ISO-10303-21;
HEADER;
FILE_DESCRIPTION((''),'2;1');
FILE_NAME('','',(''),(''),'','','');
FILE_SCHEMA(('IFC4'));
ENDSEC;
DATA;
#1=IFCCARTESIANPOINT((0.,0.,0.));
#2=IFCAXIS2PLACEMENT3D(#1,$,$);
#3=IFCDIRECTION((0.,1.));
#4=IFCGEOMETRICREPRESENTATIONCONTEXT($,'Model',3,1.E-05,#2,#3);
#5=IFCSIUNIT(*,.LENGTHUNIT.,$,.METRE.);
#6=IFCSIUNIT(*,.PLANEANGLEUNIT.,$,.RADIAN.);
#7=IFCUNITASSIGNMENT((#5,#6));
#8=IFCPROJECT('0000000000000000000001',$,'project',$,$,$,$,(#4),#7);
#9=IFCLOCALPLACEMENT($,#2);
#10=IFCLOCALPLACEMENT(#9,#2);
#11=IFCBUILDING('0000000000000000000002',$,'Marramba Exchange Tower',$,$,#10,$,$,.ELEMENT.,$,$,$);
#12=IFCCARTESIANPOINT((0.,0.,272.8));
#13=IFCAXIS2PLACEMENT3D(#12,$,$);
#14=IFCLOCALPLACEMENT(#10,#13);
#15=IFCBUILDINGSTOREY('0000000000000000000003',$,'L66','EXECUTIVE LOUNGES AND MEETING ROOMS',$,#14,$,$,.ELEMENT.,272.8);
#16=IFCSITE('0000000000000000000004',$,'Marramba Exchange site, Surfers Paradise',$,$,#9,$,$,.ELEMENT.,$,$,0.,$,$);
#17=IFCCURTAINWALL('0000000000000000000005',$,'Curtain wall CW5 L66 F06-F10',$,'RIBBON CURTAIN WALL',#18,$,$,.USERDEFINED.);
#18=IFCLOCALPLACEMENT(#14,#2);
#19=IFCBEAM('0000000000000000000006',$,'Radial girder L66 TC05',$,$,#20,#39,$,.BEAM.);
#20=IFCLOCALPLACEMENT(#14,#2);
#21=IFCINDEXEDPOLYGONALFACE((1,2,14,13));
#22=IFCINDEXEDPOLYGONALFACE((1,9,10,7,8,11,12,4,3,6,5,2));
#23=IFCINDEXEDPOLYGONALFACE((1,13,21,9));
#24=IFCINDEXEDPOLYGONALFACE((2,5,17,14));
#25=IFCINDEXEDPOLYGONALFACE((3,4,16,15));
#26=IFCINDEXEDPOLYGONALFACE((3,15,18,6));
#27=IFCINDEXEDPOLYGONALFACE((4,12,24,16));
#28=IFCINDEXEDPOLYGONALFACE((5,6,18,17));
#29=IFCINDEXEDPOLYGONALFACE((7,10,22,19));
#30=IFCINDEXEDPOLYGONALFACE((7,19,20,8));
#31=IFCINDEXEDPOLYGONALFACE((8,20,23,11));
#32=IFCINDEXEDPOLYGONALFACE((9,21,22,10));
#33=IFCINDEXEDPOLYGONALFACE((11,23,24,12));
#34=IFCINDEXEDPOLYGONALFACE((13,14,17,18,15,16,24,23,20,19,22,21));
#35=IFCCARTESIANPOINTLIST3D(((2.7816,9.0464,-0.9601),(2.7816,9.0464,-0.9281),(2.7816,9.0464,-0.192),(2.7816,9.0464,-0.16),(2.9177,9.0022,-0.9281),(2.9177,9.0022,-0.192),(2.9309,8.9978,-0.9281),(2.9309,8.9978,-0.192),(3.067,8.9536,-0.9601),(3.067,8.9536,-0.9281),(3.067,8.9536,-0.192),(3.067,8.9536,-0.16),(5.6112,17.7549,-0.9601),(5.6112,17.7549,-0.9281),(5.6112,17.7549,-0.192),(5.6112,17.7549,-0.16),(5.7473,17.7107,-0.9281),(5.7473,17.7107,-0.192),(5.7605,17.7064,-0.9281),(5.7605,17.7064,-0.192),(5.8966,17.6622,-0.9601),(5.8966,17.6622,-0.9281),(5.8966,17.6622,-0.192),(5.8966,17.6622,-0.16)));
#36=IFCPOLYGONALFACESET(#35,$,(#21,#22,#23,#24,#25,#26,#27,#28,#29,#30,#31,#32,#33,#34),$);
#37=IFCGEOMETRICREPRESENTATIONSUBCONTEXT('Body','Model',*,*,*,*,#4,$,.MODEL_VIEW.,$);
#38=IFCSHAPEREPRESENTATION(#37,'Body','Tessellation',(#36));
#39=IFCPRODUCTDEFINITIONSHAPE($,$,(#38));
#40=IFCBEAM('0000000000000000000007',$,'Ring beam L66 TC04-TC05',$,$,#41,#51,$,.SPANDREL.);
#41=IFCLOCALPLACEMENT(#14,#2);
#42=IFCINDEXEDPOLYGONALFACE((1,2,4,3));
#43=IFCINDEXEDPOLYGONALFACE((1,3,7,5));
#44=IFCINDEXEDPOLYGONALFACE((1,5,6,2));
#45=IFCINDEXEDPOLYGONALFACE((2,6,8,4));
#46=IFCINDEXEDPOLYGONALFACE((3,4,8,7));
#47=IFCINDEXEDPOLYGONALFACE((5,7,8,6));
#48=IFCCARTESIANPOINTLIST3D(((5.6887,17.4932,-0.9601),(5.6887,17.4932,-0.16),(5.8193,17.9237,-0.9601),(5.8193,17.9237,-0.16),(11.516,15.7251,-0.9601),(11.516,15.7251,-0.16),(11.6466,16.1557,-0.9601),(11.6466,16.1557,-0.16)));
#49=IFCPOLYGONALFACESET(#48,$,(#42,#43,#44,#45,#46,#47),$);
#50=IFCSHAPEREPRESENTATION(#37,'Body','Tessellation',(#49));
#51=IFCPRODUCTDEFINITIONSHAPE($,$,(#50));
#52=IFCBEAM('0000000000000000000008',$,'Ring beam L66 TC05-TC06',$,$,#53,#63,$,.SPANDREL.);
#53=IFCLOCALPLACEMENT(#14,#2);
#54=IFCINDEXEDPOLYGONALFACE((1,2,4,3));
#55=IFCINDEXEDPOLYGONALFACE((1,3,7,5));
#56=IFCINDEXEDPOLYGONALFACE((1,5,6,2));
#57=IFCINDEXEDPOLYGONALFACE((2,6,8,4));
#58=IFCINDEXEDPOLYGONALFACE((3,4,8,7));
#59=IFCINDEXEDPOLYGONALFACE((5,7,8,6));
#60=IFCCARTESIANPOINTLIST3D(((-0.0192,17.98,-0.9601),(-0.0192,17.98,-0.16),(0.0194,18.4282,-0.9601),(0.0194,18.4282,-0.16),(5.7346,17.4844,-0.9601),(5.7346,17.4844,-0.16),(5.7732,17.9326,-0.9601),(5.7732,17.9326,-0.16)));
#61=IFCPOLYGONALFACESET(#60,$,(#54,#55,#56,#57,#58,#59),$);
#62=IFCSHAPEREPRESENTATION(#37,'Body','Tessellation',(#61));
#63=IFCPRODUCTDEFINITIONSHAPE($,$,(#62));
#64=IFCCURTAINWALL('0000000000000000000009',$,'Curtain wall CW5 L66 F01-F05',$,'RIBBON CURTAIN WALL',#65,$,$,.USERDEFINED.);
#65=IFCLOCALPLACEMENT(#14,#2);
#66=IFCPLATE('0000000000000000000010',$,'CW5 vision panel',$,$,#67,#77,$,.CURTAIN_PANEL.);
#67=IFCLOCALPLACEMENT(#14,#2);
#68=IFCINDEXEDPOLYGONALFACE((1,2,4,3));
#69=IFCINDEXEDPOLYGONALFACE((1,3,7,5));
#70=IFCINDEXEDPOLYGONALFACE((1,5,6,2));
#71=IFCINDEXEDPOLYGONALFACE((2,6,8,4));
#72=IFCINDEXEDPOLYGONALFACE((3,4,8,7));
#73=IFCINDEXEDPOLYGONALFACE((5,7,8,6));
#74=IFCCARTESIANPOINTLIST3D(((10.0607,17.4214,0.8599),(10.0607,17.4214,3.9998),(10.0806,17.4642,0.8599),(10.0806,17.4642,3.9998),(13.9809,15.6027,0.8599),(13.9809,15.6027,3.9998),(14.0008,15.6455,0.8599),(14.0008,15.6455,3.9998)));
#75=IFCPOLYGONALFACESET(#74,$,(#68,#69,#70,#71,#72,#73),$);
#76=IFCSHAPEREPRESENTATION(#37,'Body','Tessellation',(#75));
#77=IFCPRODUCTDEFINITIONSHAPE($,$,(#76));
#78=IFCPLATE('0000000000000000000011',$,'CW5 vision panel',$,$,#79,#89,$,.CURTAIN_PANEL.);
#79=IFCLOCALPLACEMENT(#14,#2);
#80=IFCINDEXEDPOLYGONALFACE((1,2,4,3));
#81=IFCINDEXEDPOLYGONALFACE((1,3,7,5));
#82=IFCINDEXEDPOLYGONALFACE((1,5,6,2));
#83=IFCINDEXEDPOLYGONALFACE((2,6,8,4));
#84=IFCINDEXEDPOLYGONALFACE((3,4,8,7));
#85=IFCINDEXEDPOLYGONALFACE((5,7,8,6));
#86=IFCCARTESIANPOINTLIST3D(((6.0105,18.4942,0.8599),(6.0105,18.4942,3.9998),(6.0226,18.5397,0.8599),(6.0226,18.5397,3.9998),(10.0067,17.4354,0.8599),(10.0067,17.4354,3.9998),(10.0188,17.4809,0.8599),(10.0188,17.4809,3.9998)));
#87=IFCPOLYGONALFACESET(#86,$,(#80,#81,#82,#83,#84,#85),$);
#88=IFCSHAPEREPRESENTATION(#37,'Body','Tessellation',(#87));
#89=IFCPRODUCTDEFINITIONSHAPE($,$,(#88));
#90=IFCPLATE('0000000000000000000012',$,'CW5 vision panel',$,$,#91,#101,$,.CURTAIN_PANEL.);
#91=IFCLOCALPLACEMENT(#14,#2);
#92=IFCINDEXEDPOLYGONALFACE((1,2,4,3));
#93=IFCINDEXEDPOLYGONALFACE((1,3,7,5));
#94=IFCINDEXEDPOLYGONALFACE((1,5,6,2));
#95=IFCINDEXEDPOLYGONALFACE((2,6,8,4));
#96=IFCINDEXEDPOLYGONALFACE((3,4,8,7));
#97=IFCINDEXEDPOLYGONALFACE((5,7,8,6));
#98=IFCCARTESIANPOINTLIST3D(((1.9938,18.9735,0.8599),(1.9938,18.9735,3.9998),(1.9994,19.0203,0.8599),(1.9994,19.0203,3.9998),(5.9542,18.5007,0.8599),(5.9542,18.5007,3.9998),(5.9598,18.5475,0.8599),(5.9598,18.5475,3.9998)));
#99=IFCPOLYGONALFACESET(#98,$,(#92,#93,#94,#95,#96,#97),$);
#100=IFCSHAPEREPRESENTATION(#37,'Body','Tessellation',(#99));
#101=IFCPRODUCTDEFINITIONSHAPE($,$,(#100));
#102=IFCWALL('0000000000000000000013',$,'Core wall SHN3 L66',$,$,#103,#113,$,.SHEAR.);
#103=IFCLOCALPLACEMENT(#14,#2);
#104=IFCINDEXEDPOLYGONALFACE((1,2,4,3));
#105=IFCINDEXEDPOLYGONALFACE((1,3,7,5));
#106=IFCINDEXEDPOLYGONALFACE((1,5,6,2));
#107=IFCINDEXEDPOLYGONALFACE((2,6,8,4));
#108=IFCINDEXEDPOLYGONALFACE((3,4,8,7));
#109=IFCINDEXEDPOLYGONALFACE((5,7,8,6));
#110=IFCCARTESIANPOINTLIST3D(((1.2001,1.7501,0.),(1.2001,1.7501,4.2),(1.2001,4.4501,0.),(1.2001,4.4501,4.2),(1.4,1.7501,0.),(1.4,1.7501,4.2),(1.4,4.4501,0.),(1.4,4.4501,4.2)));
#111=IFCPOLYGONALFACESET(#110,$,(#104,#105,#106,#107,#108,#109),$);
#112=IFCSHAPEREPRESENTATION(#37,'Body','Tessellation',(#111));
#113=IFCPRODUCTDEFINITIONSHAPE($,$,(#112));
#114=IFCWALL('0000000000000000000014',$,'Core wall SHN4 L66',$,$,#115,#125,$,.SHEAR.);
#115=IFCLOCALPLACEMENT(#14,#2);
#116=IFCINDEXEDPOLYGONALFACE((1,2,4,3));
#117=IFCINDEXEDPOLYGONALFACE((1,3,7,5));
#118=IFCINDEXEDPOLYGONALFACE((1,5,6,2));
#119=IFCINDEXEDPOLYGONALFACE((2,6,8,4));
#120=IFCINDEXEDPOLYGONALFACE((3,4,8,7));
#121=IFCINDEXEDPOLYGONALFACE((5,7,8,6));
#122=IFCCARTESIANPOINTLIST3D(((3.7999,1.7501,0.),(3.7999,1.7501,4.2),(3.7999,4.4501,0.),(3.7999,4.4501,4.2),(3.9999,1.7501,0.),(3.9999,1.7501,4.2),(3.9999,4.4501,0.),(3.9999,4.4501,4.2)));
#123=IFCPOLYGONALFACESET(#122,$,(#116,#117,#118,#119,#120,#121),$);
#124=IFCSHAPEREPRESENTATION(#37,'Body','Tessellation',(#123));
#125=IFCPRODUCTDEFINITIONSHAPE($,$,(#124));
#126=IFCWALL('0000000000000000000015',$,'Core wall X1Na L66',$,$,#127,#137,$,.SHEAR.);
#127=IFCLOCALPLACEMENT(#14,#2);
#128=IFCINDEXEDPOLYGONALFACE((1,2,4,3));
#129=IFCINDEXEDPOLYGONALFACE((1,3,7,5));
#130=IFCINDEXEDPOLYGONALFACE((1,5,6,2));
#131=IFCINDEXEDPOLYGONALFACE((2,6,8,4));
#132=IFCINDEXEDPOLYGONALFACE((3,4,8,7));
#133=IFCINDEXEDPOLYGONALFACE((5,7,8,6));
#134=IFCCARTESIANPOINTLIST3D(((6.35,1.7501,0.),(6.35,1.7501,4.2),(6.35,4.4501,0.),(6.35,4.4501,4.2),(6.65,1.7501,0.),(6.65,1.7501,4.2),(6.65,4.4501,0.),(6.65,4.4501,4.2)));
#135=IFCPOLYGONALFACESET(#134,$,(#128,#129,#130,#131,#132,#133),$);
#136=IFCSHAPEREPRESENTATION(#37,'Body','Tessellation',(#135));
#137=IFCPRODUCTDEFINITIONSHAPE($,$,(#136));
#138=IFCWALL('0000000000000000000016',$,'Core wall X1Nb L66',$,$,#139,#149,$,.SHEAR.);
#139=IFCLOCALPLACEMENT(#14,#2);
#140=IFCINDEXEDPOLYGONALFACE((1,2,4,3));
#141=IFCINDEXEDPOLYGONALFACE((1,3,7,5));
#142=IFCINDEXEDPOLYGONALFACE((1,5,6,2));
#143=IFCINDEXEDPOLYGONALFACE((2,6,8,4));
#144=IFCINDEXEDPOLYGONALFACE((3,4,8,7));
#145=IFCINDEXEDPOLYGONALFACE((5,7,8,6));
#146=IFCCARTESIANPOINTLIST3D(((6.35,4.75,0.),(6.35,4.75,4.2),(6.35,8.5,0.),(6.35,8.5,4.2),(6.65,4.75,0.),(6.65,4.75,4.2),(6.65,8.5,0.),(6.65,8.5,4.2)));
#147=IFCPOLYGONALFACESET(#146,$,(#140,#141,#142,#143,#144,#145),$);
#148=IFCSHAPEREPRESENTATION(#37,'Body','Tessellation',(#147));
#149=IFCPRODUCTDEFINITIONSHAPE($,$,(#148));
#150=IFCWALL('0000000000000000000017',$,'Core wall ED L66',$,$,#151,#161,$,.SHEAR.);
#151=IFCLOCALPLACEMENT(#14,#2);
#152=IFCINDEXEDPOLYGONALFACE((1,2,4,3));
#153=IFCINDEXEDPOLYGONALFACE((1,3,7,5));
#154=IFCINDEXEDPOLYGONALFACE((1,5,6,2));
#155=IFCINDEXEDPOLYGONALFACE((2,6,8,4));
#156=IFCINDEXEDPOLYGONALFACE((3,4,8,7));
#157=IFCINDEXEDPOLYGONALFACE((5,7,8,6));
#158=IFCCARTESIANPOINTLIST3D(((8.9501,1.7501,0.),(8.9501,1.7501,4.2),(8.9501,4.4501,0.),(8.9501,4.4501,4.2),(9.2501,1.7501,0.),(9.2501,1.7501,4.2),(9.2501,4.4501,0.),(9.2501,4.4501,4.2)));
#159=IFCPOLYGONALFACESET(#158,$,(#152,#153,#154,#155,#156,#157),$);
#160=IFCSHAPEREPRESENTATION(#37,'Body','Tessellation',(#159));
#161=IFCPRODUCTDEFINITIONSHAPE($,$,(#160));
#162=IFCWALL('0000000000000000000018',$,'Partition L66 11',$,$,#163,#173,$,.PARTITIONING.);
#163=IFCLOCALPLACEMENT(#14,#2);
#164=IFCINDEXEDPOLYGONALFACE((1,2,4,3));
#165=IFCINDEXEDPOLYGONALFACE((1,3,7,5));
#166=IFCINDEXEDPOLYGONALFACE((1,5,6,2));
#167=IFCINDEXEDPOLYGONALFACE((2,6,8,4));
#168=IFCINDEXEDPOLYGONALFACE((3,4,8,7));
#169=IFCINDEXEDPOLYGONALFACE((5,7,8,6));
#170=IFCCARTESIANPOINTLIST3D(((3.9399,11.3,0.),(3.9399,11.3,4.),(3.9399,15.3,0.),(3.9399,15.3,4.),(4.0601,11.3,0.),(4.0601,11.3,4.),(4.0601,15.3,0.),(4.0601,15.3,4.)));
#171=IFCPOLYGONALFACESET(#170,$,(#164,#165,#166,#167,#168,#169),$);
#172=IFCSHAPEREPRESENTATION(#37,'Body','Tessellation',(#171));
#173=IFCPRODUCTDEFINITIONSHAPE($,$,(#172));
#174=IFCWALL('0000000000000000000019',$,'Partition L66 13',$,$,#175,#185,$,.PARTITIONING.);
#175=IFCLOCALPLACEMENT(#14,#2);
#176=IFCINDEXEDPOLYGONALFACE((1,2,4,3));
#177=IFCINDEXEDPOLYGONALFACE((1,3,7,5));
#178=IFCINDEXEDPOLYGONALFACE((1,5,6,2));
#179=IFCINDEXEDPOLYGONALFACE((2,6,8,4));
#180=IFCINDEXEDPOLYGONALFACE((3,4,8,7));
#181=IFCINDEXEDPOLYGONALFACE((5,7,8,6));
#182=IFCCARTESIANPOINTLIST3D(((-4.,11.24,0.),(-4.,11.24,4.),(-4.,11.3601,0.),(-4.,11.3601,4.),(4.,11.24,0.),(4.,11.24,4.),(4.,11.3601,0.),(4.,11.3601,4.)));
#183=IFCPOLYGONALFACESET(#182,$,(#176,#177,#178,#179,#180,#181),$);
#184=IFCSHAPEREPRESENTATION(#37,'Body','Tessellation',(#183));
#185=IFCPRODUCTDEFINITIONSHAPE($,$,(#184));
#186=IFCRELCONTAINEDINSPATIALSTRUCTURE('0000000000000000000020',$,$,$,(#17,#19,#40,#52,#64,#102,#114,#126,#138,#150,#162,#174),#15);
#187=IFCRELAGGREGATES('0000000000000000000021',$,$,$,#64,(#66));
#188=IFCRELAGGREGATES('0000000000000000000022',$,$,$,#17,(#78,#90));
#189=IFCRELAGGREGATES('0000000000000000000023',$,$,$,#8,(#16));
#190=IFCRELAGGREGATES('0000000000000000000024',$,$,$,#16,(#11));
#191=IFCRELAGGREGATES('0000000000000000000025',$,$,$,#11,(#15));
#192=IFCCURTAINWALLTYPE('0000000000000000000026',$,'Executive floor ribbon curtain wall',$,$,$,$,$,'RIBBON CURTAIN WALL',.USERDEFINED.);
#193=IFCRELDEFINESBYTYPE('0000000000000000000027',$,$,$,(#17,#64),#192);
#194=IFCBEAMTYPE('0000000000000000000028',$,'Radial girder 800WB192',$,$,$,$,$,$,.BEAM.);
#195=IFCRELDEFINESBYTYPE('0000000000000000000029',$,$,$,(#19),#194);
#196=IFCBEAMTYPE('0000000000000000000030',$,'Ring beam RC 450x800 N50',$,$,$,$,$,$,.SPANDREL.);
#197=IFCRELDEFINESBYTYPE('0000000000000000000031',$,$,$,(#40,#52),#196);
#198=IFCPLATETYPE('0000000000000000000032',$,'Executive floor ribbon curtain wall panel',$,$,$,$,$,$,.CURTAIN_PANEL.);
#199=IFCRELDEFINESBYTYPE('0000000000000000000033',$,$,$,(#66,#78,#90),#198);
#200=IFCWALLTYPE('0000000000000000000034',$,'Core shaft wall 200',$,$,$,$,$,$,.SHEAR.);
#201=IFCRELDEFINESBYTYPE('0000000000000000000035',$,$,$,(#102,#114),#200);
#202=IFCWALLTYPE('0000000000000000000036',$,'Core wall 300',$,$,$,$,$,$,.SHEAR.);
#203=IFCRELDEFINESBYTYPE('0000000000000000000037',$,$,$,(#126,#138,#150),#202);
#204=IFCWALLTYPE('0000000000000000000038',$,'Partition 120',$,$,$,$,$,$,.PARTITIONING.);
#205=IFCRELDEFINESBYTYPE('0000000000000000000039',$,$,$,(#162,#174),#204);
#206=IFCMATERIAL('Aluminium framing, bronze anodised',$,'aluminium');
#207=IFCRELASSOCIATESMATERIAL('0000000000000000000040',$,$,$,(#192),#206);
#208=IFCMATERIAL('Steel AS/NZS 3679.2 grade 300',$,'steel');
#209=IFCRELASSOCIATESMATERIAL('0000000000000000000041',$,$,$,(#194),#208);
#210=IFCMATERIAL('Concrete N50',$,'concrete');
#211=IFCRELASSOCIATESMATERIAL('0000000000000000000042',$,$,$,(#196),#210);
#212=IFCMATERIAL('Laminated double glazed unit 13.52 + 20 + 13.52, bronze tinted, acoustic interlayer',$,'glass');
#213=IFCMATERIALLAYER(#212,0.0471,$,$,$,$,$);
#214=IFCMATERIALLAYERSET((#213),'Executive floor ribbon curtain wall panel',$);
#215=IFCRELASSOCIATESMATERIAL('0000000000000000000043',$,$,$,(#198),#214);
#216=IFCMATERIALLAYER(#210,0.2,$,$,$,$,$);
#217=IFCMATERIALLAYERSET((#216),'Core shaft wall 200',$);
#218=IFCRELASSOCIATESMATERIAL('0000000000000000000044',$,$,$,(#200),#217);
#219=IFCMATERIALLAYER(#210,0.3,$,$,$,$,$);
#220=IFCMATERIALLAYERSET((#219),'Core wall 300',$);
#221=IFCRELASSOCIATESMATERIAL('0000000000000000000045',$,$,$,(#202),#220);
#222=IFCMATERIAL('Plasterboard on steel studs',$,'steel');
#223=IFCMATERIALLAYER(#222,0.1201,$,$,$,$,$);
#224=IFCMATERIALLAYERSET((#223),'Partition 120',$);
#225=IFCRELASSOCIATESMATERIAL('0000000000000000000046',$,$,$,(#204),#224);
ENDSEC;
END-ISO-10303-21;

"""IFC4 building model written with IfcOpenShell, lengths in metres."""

from ifc_helpers import new_model, si_unit, direction, frame, frame_2d, origin, origin_2d, place, context, subcontext, project, spatial, rectangle, i_section, extrude, material, layer, layer_set, material_profile, profile_set, type_object, element, aggregate, save


model = new_model("IFC4")

# Units and contexts
model_context = context("Model", 3, precision=1e-05, world=origin(), true_north=direction((0.0, 1.0)))
body_context = subcontext(model_context, "Body", "Model", "MODEL_VIEW")
ifc_project = project(units=[si_unit("LENGTHUNIT", "METRE"), si_unit("PLANEANGLEUNIT", "RADIAN")], contexts=[model_context])

# Site, building, storey
site_placement = place(None, origin())
site = spatial("IfcSite", under=ifc_project, at=site_placement, Name="Marramba Exchange site, Surfers Paradise", CompositionType="ELEMENT", RefElevation=0.0)
building_placement = place(site_placement, origin())
building = spatial("IfcBuilding", under=site, at=building_placement, Name="Marramba Exchange Tower", CompositionType="ELEMENT")
storey_placement = place(building_placement, frame((0.0, 0.0, 272.8)))
storey = spatial("IfcBuildingStorey", under=building, at=storey_placement, Name="L66", Description="EXECUTIVE LOUNGES AND MEETING ROOMS", CompositionType="ELEMENT", Elevation=272.8)

# Shared definitions
ifc_material_1 = material(Name="Concrete N50", Category="concrete")

# Curtain wall
ifc_material_2 = material(Name="Aluminium framing, bronze anodised", Category="aluminium")
curtain_wall_type = type_object("IfcCurtainWallType", Name="Executive floor ribbon curtain wall", ElementType="RIBBON CURTAIN WALL", PredefinedType="USERDEFINED", material=ifc_material_2)
curtain_wall_1_placement = place(storey_placement, origin())
curtain_wall_1 = element("IfcCurtainWall", 1, at=curtain_wall_1_placement, inside=storey, type_object=curtain_wall_type, Name="Curtain wall CW5 L66 F06-F10", ObjectType="RIBBON CURTAIN WALL", PredefinedType="USERDEFINED")

# Beams
ifc_material_3 = material(Name="Steel AS/NZS 3679.2 grade 300", Category="steel")
ifc_material_profile_1 = material_profile(ifc_material_3, i_section(OverallWidth=0.3, OverallDepth=0.8, WebThickness=0.0139, FlangeThickness=0.032, at=origin_2d()), Name="800WB192")
ifc_profile_set_1 = profile_set([ifc_material_profile_1], Name="Steel AS/NZS 3679.2 grade 300")
beam_type_1 = type_object("IfcBeamType", Name="Radial girder 800WB192", PredefinedType="BEAM", material=ifc_profile_set_1)
beam_1_placement = place(storey_placement, frame((2.9243, 9.0, -0.5601), z_axis=(0.30902, 0.951056, 0.0), x_axis=(-0.951056, 0.30902, 0.0)))
element("IfcBeam", 2, at=beam_1_placement, inside=storey, type_object=beam_type_1, Name="Radial girder L66 TC05", PredefinedType="BEAM", context=body_context, shape_type="SweptSolid", body=[
    extrude(i_section(OverallWidth=0.3, OverallDepth=0.8, WebThickness=0.0139, FlangeThickness=0.032, at=origin_2d()), origin(), (0.0, 0.0, 1.0), 9.1567),
])
ifc_material_profile_2 = material_profile(ifc_material_1, rectangle(XDim=0.45, YDim=0.8, at=origin_2d()), Name="RC 450x800")
ifc_profile_set_2 = profile_set([ifc_material_profile_2], Name="Concrete N50")
beam_type_2 = type_object("IfcBeamType", Name="Ring beam RC 450x800 N50", PredefinedType="SPANDREL", material=ifc_profile_set_2)
beam_2_placement = place(storey_placement, frame((11.5813, 15.9404, -0.5601), z_axis=(-0.956925, 0.290337, 0.0), x_axis=(-0.290337, -0.956925, 0.0)))
element("IfcBeam", 3, at=beam_2_placement, inside=storey, type_object=beam_type_2, Name="Ring beam L66 TC04-TC05", PredefinedType="SPANDREL", context=body_context, shape_type="SweptSolid", body=[
    extrude(rectangle(XDim=0.45, YDim=0.8, at=origin_2d()), origin(), (0.0, 0.0, 1.0), 6.0896),
])
beam_3_placement = place(storey_placement, frame((5.7539, 17.7085, -0.5601), z_axis=(-0.996311, 0.085816, 0.0), x_axis=(-0.085816, -0.996311, 0.0)))
element("IfcBeam", 4, at=beam_3_placement, inside=storey, type_object=beam_type_2, Name="Ring beam L66 TC05-TC06", PredefinedType="SPANDREL", context=body_context, shape_type="SweptSolid", body=[
    extrude(rectangle(XDim=0.45, YDim=0.8, at=origin_2d()), origin(), (0.0, 0.0, 1.0), 5.7751),
])

# Curtain wall, plate
curtain_wall_2_placement = place(storey_placement, origin())
curtain_wall_2 = element("IfcCurtainWall", 5, at=curtain_wall_2_placement, inside=storey, type_object=curtain_wall_type, Name="Curtain wall CW5 L66 F01-F05", ObjectType="RIBBON CURTAIN WALL", PredefinedType="USERDEFINED")
ifc_material_4 = material(Name="Laminated double glazed unit 13.52 + 20 + 13.52, bronze tinted, acoustic interlayer", Category="glass")
ifc_layer_1 = layer(ifc_material_4, 0.0471)
ifc_layer_set_1 = layer_set([ifc_layer_1], Name="Executive floor ribbon curtain wall panel")
plate_type = type_object("IfcPlateType", Name="Executive floor ribbon curtain wall panel", PredefinedType="CURTAIN_PANEL", material=ifc_layer_set_1)
plate_1_placement = place(storey_placement, frame((12.0308, 16.5334, 0.8599), z_axis=(0.0, 0.0, 1.0), x_axis=(-0.907131, 0.420849, 0.0)))
plate_1 = element("IfcPlate", 6, at=plate_1_placement, type_object=plate_type, Name="CW5 vision panel", PredefinedType="CURTAIN_PANEL", context=body_context, shape_type="SweptSolid", body=[
    extrude(rectangle(XDim=4.3215, YDim=0.0471, at=origin_2d()), origin(), (0.0, 0.0, 1.0), 3.1399),
])
aggregate(curtain_wall_2, [plate_1])

# Plates
plate_2_placement = place(storey_placement, frame((8.0146, 17.9875, 0.8599), z_axis=(0.0, 0.0, 1.0), x_axis=(-0.966644, 0.256126, 0.0)))
plate_2 = element("IfcPlate", 7, at=plate_2_placement, type_object=plate_type, Name="CW5 vision panel", PredefinedType="CURTAIN_PANEL", context=body_context, shape_type="SweptSolid", body=[
    extrude(rectangle(XDim=4.134, YDim=0.0471, at=origin_2d()), origin(), (0.0, 0.0, 1.0), 3.1399),
])
plate_3_placement = place(storey_placement, frame((3.9768, 18.7605, 0.8599), z_axis=(0.0, 0.0, 1.0), x_axis=(-0.992947, 0.118557, 0.0)))
plate_3 = element("IfcPlate", 8, at=plate_3_placement, type_object=plate_type, Name="CW5 vision panel", PredefinedType="CURTAIN_PANEL", context=body_context, shape_type="SweptSolid", body=[
    extrude(rectangle(XDim=3.9885, YDim=0.0471, at=origin_2d()), origin(), (0.0, 0.0, 1.0), 3.1399),
])
aggregate(curtain_wall_1, [plate_2, plate_3])

# Walls
ifc_layer_2 = layer(ifc_material_1, 0.2)
ifc_layer_set_2 = layer_set([ifc_layer_2], Name="Core shaft wall 200")
wall_type_1 = type_object("IfcWallType", Name="Core shaft wall 200", PredefinedType="SHEAR", material=ifc_layer_set_2)
for number, where, z_axis, x_axis, name in (
    (9, (1.3, 1.75, 0.0), (0.0, 0.0, 1.0), (0.0, 1.0, 0.0), "Core wall SHN3 L66"),
    (10, (3.8999, 1.75, 0.0), (0.0, 0.0, 1.0), (0.0, 1.0, 0.0), "Core wall SHN4 L66"),
):
    element("IfcWall", number, at=place(storey_placement, frame(where, z_axis=z_axis, x_axis=x_axis)), inside=storey, type_object=wall_type_1, Name=name, PredefinedType="SHEAR", context=body_context, shape_type="SweptSolid", body=[
        extrude(rectangle(XDim=2.7, YDim=0.2, at=frame_2d((1.3501, 0.0))), origin(), (0.0, 0.0, 1.0), 4.2),
    ])
ifc_layer_3 = layer(ifc_material_1, 0.3)
ifc_layer_set_3 = layer_set([ifc_layer_3], Name="Core wall 300")
wall_type_2 = type_object("IfcWallType", Name="Core wall 300", PredefinedType="SHEAR", material=ifc_layer_set_3)
wall_1_placement = place(storey_placement, frame((6.5, 1.75, 0.0), z_axis=(0.0, 0.0, 1.0), x_axis=(0.0, 1.0, 0.0)))
element("IfcWall", 11, at=wall_1_placement, inside=storey, type_object=wall_type_2, Name="Core wall X1Na L66", PredefinedType="SHEAR", context=body_context, shape_type="SweptSolid", body=[
    extrude(rectangle(XDim=2.7, YDim=0.3, at=frame_2d((1.3501, 0.0))), origin(), (0.0, 0.0, 1.0), 4.2),
])
wall_2_placement = place(storey_placement, frame((6.5, 4.75, 0.0), z_axis=(0.0, 0.0, 1.0), x_axis=(0.0, 1.0, 0.0)))
element("IfcWall", 12, at=wall_2_placement, inside=storey, type_object=wall_type_2, Name="Core wall X1Nb L66", PredefinedType="SHEAR", context=body_context, shape_type="SweptSolid", body=[
    extrude(rectangle(XDim=3.75, YDim=0.3, at=frame_2d((1.875, 0.0))), origin(), (0.0, 0.0, 1.0), 4.2),
])
wall_3_placement = place(storey_placement, frame((9.1001, 1.75, 0.0), z_axis=(0.0, 0.0, 1.0), x_axis=(0.0, 1.0, 0.0)))
element("IfcWall", 13, at=wall_3_placement, inside=storey, type_object=wall_type_2, Name="Core wall ED L66", PredefinedType="SHEAR", context=body_context, shape_type="SweptSolid", body=[
    extrude(rectangle(XDim=2.7, YDim=0.3, at=frame_2d((1.3501, 0.0))), origin(), (0.0, 0.0, 1.0), 4.2),
])
ifc_material_5 = material(Name="Plasterboard on steel studs", Category="steel")
ifc_layer_4 = layer(ifc_material_5, 0.1201)
ifc_layer_set_4 = layer_set([ifc_layer_4], Name="Partition 120")
wall_type_3 = type_object("IfcWallType", Name="Partition 120", PredefinedType="PARTITIONING", material=ifc_layer_set_4)
wall_4_placement = place(storey_placement, frame((4.0, 15.3, 0.0), z_axis=(0.0, 0.0, 1.0), x_axis=(0.0, -1.0, 0.0)))
element("IfcWall", 14, at=wall_4_placement, inside=storey, type_object=wall_type_3, Name="Partition L66 11", PredefinedType="PARTITIONING", context=body_context, shape_type="SweptSolid", body=[
    extrude(rectangle(XDim=4.0, YDim=0.1201, at=frame_2d((2.0, 0.0))), origin(), (0.0, 0.0, 1.0), 4.0),
])
wall_5_placement = place(storey_placement, frame((4.0, 11.3, 0.0), z_axis=(0.0, 0.0, 1.0), x_axis=(-1.0, 0.0, 0.0)))
element("IfcWall", 15, at=wall_5_placement, inside=storey, type_object=wall_type_3, Name="Partition L66 13", PredefinedType="PARTITIONING", context=body_context, shape_type="SweptSolid", body=[
    extrude(rectangle(XDim=8.0, YDim=0.1201, at=frame_2d((4.0, 0.0))), origin(), (0.0, 0.0, 1.0), 4.0),
])

save(model, "model.ifc")
